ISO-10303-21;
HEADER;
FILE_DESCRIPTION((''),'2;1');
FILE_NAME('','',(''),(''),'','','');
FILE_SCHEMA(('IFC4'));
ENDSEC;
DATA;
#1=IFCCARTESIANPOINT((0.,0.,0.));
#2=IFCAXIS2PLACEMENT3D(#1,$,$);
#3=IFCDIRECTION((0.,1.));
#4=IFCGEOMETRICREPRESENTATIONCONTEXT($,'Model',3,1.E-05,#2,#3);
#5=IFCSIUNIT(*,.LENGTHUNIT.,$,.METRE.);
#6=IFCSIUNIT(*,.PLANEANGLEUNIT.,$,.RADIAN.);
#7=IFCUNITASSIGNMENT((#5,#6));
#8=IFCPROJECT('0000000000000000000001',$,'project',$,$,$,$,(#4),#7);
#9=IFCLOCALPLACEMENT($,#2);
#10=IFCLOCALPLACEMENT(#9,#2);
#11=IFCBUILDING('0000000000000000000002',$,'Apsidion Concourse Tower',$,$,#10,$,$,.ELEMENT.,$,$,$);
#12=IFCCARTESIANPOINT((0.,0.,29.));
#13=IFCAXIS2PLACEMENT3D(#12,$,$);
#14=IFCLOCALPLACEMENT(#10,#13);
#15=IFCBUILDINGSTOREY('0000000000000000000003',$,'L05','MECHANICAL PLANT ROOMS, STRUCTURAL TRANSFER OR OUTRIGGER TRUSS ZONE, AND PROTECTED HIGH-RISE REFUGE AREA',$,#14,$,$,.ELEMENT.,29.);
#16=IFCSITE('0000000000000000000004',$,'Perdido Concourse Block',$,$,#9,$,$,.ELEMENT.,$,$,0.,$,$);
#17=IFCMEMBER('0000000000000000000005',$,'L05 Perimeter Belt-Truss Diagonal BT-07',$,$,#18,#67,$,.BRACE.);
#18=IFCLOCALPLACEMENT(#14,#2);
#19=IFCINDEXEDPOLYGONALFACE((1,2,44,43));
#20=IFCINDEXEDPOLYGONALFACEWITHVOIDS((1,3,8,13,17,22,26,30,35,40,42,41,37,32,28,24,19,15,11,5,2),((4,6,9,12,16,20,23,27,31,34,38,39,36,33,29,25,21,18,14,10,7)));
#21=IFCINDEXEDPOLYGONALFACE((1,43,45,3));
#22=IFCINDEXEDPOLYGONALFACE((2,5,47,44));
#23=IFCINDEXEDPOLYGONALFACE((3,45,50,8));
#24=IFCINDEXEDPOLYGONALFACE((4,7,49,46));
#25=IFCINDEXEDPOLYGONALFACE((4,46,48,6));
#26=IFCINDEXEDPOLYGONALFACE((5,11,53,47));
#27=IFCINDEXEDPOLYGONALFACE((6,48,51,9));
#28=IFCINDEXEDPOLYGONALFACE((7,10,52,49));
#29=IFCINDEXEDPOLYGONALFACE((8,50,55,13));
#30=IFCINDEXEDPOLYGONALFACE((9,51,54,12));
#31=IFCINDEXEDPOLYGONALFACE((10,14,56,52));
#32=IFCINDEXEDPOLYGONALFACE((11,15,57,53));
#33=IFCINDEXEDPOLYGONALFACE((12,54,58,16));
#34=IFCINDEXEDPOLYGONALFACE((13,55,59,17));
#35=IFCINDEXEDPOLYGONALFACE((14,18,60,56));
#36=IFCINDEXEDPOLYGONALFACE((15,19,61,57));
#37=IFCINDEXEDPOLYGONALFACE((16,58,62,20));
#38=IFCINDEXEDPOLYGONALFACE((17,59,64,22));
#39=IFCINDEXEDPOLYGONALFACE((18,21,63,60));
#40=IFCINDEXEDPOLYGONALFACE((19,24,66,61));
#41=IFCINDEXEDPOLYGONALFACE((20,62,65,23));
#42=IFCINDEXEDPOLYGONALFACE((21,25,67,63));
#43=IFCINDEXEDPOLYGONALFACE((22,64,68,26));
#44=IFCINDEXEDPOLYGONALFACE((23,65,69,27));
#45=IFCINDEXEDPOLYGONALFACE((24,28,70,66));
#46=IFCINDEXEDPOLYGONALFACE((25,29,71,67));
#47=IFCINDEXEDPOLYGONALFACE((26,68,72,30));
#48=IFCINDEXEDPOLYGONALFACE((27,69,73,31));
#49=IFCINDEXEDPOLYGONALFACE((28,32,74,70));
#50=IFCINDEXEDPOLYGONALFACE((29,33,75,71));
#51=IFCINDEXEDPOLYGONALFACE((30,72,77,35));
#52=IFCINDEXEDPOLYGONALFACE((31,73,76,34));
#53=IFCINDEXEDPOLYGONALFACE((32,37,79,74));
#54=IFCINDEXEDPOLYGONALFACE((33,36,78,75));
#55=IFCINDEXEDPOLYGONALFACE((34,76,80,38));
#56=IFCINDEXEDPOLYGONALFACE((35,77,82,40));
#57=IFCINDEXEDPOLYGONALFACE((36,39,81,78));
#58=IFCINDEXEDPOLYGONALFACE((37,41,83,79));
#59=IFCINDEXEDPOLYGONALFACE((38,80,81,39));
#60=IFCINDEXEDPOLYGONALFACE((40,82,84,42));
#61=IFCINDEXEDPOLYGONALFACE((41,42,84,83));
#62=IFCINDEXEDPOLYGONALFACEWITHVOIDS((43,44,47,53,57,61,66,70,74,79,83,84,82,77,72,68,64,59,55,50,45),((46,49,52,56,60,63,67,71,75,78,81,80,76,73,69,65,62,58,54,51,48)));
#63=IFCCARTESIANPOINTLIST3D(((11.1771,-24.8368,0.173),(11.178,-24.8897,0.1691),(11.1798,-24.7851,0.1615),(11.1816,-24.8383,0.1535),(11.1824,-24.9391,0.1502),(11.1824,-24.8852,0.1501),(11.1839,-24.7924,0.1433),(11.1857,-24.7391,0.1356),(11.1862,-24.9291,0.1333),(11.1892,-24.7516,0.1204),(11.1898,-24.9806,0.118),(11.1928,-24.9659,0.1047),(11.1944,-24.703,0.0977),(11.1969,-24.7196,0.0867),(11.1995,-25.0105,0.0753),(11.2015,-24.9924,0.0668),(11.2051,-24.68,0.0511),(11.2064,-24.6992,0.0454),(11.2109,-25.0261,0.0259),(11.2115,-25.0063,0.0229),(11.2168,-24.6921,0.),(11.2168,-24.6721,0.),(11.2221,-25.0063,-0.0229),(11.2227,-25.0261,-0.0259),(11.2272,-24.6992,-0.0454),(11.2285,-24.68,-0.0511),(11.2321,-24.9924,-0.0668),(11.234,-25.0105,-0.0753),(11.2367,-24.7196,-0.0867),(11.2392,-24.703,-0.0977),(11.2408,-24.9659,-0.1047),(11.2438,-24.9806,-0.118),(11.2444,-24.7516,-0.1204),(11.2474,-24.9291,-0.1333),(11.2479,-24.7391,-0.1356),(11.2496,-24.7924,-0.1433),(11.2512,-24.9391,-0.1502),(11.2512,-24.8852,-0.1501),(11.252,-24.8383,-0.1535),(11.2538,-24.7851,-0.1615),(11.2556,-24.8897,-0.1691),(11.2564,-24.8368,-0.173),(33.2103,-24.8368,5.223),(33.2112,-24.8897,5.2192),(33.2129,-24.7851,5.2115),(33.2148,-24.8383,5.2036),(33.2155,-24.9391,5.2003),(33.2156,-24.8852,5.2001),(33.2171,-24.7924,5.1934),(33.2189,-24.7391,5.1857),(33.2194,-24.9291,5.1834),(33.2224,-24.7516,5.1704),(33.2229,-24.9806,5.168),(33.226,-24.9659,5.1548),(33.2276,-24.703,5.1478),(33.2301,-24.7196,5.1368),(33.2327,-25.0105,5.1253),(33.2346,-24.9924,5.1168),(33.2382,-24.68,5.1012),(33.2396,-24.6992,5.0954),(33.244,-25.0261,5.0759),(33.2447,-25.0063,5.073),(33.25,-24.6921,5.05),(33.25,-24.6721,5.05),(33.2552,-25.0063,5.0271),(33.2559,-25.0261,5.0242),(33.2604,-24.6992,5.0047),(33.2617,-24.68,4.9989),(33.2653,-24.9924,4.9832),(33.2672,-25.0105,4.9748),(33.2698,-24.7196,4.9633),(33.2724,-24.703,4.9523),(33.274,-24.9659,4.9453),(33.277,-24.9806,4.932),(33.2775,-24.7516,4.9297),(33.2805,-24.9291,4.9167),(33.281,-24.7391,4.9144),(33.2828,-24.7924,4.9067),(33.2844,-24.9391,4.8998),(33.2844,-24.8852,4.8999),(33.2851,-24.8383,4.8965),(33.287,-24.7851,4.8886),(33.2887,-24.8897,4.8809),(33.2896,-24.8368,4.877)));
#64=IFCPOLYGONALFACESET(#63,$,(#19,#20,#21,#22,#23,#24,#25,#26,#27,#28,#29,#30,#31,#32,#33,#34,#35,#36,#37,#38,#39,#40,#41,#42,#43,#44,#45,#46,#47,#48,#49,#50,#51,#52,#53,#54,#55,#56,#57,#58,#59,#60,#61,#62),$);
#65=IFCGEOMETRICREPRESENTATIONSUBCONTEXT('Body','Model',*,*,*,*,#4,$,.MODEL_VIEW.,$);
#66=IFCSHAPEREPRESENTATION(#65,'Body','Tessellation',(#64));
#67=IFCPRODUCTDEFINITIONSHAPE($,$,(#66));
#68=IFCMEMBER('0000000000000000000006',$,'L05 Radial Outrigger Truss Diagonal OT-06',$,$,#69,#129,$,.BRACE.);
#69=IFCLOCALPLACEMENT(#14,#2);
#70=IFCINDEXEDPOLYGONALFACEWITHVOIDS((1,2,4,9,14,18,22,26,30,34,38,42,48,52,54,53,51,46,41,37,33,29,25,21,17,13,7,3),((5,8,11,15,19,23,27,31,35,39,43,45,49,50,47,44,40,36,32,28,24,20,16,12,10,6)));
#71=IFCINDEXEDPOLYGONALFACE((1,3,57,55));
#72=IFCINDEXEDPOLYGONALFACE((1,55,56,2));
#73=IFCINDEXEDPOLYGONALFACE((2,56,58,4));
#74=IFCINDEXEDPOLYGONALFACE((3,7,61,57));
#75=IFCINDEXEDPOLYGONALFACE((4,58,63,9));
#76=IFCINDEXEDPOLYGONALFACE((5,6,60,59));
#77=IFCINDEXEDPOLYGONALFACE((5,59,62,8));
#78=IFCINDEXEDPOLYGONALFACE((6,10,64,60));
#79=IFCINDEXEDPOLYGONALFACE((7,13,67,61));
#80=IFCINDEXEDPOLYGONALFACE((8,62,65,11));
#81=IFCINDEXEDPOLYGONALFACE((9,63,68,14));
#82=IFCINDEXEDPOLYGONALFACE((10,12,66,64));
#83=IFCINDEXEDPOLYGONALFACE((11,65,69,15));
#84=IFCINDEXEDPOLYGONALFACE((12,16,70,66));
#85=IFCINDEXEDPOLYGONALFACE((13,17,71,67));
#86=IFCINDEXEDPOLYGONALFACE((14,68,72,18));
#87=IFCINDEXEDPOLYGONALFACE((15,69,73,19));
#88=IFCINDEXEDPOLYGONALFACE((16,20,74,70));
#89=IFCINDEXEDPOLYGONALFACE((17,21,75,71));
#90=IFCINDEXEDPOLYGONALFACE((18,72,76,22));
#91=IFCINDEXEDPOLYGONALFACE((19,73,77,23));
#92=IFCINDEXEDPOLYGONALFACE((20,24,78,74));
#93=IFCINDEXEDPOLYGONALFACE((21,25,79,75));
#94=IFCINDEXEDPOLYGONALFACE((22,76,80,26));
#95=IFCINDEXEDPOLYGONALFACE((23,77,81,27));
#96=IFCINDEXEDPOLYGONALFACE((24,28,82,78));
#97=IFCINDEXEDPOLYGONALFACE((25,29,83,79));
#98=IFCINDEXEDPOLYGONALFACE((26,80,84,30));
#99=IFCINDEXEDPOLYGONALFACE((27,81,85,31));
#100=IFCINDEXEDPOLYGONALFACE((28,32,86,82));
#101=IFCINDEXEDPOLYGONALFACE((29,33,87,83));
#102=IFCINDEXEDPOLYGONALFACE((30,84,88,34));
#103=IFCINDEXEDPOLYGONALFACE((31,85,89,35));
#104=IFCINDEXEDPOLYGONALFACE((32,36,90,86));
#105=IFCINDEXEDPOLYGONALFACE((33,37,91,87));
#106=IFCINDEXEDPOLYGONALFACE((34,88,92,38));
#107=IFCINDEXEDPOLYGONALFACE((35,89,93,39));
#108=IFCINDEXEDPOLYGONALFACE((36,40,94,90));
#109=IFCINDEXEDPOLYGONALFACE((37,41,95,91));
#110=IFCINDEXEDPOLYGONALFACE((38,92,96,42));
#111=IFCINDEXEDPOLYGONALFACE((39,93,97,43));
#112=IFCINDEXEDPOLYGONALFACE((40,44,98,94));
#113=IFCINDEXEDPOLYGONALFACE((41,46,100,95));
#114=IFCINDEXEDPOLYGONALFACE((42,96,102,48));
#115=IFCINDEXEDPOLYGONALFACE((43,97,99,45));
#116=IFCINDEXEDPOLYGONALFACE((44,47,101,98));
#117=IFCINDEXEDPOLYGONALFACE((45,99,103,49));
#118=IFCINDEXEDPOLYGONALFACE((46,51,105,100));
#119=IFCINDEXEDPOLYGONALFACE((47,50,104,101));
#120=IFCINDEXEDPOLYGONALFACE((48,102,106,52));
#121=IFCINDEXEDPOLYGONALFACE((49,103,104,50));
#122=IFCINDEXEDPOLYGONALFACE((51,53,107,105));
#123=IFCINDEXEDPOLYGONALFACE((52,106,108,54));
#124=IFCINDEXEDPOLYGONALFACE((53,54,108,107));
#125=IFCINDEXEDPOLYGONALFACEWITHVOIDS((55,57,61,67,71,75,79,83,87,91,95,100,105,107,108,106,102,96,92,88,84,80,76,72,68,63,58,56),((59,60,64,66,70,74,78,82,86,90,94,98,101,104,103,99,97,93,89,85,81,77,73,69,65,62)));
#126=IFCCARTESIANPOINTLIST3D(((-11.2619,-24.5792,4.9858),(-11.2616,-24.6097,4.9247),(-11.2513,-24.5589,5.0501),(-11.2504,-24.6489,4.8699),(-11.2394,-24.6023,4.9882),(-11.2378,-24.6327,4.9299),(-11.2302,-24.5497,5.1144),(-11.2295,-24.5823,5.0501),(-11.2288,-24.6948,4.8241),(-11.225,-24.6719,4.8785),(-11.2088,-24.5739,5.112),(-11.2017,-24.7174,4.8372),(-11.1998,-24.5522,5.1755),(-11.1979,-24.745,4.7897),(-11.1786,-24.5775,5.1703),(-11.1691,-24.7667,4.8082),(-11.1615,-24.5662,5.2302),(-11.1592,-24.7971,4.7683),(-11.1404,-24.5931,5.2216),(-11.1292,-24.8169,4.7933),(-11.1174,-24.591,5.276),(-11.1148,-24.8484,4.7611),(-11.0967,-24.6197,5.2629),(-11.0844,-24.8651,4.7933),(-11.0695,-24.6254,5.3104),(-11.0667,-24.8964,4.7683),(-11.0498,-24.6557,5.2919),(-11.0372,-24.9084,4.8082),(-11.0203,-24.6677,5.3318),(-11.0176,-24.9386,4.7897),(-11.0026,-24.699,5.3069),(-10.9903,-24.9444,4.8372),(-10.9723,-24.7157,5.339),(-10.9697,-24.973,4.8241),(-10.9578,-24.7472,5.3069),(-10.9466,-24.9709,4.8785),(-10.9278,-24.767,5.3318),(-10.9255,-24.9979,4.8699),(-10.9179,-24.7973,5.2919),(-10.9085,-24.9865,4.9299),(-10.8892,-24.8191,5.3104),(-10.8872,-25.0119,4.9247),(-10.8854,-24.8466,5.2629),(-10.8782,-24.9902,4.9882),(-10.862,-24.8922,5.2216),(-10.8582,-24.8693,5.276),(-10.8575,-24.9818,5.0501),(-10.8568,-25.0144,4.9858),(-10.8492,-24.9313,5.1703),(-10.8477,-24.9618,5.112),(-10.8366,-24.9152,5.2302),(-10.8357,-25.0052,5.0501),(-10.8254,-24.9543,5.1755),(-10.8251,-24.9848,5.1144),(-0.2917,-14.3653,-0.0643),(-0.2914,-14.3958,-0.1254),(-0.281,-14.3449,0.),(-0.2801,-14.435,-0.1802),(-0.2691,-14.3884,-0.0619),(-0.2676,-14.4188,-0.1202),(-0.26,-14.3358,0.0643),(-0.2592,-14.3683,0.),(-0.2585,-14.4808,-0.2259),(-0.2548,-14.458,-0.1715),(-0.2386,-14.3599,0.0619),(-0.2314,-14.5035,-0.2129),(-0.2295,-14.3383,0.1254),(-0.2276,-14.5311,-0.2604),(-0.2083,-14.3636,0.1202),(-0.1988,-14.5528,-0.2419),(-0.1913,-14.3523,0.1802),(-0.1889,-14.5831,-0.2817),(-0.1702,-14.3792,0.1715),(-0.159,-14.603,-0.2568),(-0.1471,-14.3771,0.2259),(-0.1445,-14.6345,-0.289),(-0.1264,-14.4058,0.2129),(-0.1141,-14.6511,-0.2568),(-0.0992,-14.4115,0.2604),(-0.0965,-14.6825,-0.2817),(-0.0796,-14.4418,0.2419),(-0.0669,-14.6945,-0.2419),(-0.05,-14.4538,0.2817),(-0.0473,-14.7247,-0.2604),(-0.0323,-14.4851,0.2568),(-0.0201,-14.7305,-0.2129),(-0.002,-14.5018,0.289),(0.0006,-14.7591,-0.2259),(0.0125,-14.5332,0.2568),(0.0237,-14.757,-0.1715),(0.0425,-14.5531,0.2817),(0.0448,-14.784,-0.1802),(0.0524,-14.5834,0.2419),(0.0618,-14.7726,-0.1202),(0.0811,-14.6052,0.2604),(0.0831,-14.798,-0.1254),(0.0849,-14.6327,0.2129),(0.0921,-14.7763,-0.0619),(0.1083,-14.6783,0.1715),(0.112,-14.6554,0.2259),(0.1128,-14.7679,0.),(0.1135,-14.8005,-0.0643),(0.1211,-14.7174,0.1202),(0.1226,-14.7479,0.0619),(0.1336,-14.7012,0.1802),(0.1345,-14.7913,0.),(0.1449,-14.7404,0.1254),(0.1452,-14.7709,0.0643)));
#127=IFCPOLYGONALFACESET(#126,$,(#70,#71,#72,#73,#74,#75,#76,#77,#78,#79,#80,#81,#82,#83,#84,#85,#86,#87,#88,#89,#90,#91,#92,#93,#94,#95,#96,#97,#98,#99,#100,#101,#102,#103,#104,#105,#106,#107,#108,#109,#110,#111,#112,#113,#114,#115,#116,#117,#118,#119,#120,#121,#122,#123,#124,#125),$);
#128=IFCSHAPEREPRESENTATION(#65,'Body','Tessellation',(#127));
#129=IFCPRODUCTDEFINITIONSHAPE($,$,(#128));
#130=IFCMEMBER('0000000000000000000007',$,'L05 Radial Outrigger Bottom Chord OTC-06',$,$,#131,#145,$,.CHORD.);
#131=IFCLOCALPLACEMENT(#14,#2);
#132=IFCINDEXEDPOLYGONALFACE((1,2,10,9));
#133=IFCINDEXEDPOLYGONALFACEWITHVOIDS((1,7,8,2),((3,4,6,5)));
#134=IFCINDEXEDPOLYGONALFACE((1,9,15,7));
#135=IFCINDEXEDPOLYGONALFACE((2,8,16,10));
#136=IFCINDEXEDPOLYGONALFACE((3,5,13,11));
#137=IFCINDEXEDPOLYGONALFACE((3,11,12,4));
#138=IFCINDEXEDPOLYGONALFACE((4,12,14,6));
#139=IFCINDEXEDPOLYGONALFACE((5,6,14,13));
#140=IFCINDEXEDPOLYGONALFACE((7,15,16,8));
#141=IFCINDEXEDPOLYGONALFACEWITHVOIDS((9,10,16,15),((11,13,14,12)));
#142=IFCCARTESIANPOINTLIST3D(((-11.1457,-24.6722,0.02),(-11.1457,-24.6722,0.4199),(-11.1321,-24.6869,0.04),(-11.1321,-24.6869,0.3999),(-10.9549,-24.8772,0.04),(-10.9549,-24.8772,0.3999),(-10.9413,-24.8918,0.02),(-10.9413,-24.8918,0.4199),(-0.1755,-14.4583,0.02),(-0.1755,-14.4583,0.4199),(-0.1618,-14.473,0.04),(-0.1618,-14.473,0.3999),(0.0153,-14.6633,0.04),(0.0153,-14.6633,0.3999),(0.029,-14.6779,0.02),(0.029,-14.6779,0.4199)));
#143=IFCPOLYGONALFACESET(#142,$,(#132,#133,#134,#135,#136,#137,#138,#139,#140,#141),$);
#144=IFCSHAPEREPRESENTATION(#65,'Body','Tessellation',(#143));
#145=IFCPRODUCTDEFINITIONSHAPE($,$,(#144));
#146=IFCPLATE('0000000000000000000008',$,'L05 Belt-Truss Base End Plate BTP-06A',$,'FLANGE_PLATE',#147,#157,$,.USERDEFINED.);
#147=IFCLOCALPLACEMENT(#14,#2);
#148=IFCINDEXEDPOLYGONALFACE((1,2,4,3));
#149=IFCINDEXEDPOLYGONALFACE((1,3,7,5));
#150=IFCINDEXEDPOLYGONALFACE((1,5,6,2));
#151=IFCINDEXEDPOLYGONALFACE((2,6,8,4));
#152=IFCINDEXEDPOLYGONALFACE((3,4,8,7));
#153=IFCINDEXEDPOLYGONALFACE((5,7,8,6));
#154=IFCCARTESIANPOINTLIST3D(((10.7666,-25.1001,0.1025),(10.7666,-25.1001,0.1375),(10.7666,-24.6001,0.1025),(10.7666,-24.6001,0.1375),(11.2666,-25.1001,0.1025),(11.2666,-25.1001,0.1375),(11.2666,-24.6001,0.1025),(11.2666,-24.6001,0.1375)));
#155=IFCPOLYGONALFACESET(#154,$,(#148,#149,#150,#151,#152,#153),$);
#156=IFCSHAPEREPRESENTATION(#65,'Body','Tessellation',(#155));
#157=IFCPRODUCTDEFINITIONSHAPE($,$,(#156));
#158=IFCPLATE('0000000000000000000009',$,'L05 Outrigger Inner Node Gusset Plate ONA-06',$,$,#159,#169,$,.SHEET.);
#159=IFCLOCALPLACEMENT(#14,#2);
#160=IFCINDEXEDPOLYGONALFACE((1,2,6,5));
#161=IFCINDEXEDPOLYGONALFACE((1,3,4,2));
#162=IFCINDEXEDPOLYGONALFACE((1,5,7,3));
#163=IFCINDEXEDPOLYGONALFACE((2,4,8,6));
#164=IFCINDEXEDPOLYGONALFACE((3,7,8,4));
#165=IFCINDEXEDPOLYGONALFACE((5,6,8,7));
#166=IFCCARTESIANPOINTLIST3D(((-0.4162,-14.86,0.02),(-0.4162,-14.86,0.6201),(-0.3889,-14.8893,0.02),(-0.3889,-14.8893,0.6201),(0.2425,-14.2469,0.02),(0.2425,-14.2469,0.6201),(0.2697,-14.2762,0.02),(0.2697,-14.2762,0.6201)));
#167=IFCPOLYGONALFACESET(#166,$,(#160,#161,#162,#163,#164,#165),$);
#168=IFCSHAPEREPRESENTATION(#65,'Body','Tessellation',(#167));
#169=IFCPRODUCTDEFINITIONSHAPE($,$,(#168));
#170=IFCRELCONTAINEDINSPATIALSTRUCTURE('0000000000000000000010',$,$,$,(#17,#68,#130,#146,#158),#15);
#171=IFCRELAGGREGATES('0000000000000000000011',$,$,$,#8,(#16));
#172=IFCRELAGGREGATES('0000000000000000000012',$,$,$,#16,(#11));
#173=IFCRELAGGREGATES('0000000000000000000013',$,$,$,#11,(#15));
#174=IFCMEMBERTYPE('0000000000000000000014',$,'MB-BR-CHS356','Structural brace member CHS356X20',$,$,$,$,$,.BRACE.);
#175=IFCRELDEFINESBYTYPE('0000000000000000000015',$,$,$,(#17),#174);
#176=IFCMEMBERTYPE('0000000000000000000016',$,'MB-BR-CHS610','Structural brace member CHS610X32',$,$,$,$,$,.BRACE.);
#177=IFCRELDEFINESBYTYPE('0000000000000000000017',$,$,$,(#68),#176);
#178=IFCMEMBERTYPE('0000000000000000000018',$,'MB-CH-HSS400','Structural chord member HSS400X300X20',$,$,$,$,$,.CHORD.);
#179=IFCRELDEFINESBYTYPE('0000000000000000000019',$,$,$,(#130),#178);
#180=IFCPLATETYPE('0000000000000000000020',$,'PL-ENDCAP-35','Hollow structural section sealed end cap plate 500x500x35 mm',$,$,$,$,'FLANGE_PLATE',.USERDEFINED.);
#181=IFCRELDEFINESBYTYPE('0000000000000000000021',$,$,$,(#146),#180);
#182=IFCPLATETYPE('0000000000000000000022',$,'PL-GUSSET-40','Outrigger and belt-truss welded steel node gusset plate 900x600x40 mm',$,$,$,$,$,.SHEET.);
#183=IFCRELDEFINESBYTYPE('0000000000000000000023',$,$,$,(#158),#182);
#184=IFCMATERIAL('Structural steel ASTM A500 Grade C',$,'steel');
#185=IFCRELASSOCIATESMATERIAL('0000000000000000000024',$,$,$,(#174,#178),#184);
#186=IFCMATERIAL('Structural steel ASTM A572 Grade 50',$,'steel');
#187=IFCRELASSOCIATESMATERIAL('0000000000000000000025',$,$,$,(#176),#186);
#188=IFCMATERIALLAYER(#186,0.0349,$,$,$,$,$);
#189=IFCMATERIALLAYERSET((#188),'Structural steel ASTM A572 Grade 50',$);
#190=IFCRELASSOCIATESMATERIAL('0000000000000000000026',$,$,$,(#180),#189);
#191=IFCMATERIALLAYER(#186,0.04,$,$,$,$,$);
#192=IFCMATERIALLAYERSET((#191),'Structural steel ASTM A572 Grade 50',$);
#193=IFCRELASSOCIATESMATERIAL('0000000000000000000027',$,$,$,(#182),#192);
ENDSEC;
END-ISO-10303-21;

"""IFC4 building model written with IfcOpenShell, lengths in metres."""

from ifc_helpers import new_model, si_unit, direction, frame, origin, origin_2d, place, context, subcontext, project, spatial, rectangle, hollow_rectangle, hollow_circle, extrude, material, layer, layer_set, material_profile, profile_set, type_object, element, save


model = new_model("IFC4")

# Units and contexts
model_context = context("Model", 3, precision=1e-05, world=origin(), true_north=direction((0.0, 1.0)))
body_context = subcontext(model_context, "Body", "Model", "MODEL_VIEW")
ifc_project = project(units=[si_unit("LENGTHUNIT", "METRE"), si_unit("PLANEANGLEUNIT", "RADIAN")], contexts=[model_context])

# Site, building, storey
site_placement = place(None, origin())
site = spatial("IfcSite", under=ifc_project, at=site_placement, Name="Perdido Concourse Block", CompositionType="ELEMENT", RefElevation=0.0)
building_placement = place(site_placement, origin())
building = spatial("IfcBuilding", under=site, at=building_placement, Name="Apsidion Concourse Tower", CompositionType="ELEMENT")
storey_placement = place(building_placement, frame((0.0, 0.0, 29.0)))
storey = spatial("IfcBuildingStorey", under=building, at=storey_placement, Name="L05", Description="MECHANICAL PLANT ROOMS, STRUCTURAL TRANSFER OR OUTRIGGER TRUSS ZONE, AND PROTECTED HIGH-RISE REFUGE AREA", CompositionType="ELEMENT", Elevation=29.0)

# Shared definitions
ifc_material_1 = material(Name="Structural steel ASTM A572 Grade 50", Category="steel")

# Members
ifc_material_2 = material(Name="Structural steel ASTM A500 Grade C", Category="steel")
ifc_material_profile_1 = material_profile(ifc_material_2, hollow_circle(Radius=0.178, WallThickness=0.02, at=origin_2d()), Name="CHS356X20")
ifc_profile_set_1 = profile_set([ifc_material_profile_1], Name="Structural steel ASTM A500 Grade C")
member_type_1 = type_object("IfcMemberType", Name="MB-BR-CHS356", Description="Structural brace member CHS356X20", PredefinedType="BRACE", material=ifc_profile_set_1)
for number, where, z_axis, x_axis, name in (
    (1, (11.2168, -24.8501, 0.0), (0.974725, 0.0, 0.223409), (0.0, 1.0, 0.0), "L05 Perimeter Belt-Truss Diagonal BT-07"),
):
    element("IfcMember", number, at=place(storey_placement, frame(where, z_axis=z_axis, x_axis=x_axis)), inside=storey, type_object=member_type_1, Name=name, PredefinedType="BRACE", context=body_context, shape_type="SweptSolid", body=[
        extrude(hollow_circle(Radius=0.178, WallThickness=0.02, at=origin_2d()), origin(), (0.0, 0.0, 1.0), 22.6045),
    ])
ifc_material_profile_2 = material_profile(ifc_material_1, hollow_circle(Radius=0.3049, WallThickness=0.032, at=origin_2d()), Name="CHS610X32")
ifc_profile_set_2 = profile_set([ifc_material_profile_2], Name="Structural steel ASTM A572 Grade 50")
member_type_2 = type_object("IfcMemberType", Name="MB-BR-CHS610", Description="Structural brace member CHS610X32", PredefinedType="BRACE", material=ifc_profile_set_2)
member_1_placement = place(storey_placement, frame((-0.0732, -14.5681, 0.0), z_axis=(-0.693579, -0.64576, 0.319284), x_axis=(0.681426, -0.731887, 0.0)))
element("IfcMember", 2, at=member_1_placement, inside=storey, type_object=member_type_2, Name="L05 Radial Outrigger Truss Diagonal OT-06", PredefinedType="BRACE", context=body_context, shape_type="SweptSolid", body=[
    extrude(hollow_circle(Radius=0.3049, WallThickness=0.032, at=origin_2d()), origin(), (0.0, 0.0, 1.0), 15.8169),
])
ifc_material_profile_3 = material_profile(ifc_material_2, hollow_rectangle(XDim=0.3, YDim=0.3999, WallThickness=0.02, at=origin_2d()), Name="HSS400X300X20")
ifc_profile_set_3 = profile_set([ifc_material_profile_3], Name="Structural steel ASTM A500 Grade C")
member_type_3 = type_object("IfcMemberType", Name="MB-CH-HSS400", Description="Structural chord member HSS400X300X20", PredefinedType="CHORD", material=ifc_profile_set_3)
member_2_placement = place(storey_placement, frame((-0.0732, -14.5681, 0.22), z_axis=(-0.731887, -0.681426, 0.0), x_axis=(0.681426, -0.731887, 0.0)))
element("IfcMember", 3, at=member_2_placement, inside=storey, type_object=member_type_3, Name="L05 Radial Outrigger Bottom Chord OTC-06", PredefinedType="CHORD", context=body_context, shape_type="SweptSolid", body=[
    extrude(hollow_rectangle(XDim=0.3, YDim=0.3999, WallThickness=0.02, at=origin_2d()), origin(), (0.0, 0.0, 1.0), 14.989),
])

# Plates
ifc_layer_1 = layer(ifc_material_1, 0.0349)
ifc_layer_set_1 = layer_set([ifc_layer_1], Name="Structural steel ASTM A572 Grade 50")
plate_type_1 = type_object("IfcPlateType", Name="PL-ENDCAP-35", Description="Hollow structural section sealed end cap plate 500x500x35 mm", ElementType="FLANGE_PLATE", PredefinedType="USERDEFINED", material=ifc_layer_set_1)
plate_1_placement = place(storey_placement, frame((11.0166, -24.8501, 0.1025), z_axis=(0.0, 0.0, 1.0), x_axis=(1.0, 0.0, 0.0)))
element("IfcPlate", 4, at=plate_1_placement, inside=storey, type_object=plate_type_1, Name="L05 Belt-Truss Base End Plate BTP-06A", ObjectType="FLANGE_PLATE", PredefinedType="USERDEFINED", context=body_context, shape_type="SweptSolid", body=[
    extrude(rectangle(XDim=0.5, YDim=0.5, at=origin_2d()), origin(), (0.0, 0.0, 1.0), 0.0349),
])
ifc_layer_2 = layer(ifc_material_1, 0.04)
ifc_layer_set_2 = layer_set([ifc_layer_2], Name="Structural steel ASTM A572 Grade 50")
plate_type_2 = type_object("IfcPlateType", Name="PL-GUSSET-40", Description="Outrigger and belt-truss welded steel node gusset plate 900x600x40 mm", PredefinedType="SHEET", material=ifc_layer_set_2)
plate_2_placement = place(storey_placement, frame((-0.0732, -14.5681, 0.02), z_axis=(0.0, 0.0, 1.0), x_axis=(0.731949, 0.68136, 0.0)))
element("IfcPlate", 5, at=plate_2_placement, inside=storey, type_object=plate_type_2, Name="L05 Outrigger Inner Node Gusset Plate ONA-06", PredefinedType="SHEET", context=body_context, shape_type="SweptSolid", body=[
    extrude(rectangle(XDim=0.8999, YDim=0.04, at=origin_2d()), origin(), (0.0, 0.0, 1.0), 0.6001),
])

save(model, "model.ifc")
